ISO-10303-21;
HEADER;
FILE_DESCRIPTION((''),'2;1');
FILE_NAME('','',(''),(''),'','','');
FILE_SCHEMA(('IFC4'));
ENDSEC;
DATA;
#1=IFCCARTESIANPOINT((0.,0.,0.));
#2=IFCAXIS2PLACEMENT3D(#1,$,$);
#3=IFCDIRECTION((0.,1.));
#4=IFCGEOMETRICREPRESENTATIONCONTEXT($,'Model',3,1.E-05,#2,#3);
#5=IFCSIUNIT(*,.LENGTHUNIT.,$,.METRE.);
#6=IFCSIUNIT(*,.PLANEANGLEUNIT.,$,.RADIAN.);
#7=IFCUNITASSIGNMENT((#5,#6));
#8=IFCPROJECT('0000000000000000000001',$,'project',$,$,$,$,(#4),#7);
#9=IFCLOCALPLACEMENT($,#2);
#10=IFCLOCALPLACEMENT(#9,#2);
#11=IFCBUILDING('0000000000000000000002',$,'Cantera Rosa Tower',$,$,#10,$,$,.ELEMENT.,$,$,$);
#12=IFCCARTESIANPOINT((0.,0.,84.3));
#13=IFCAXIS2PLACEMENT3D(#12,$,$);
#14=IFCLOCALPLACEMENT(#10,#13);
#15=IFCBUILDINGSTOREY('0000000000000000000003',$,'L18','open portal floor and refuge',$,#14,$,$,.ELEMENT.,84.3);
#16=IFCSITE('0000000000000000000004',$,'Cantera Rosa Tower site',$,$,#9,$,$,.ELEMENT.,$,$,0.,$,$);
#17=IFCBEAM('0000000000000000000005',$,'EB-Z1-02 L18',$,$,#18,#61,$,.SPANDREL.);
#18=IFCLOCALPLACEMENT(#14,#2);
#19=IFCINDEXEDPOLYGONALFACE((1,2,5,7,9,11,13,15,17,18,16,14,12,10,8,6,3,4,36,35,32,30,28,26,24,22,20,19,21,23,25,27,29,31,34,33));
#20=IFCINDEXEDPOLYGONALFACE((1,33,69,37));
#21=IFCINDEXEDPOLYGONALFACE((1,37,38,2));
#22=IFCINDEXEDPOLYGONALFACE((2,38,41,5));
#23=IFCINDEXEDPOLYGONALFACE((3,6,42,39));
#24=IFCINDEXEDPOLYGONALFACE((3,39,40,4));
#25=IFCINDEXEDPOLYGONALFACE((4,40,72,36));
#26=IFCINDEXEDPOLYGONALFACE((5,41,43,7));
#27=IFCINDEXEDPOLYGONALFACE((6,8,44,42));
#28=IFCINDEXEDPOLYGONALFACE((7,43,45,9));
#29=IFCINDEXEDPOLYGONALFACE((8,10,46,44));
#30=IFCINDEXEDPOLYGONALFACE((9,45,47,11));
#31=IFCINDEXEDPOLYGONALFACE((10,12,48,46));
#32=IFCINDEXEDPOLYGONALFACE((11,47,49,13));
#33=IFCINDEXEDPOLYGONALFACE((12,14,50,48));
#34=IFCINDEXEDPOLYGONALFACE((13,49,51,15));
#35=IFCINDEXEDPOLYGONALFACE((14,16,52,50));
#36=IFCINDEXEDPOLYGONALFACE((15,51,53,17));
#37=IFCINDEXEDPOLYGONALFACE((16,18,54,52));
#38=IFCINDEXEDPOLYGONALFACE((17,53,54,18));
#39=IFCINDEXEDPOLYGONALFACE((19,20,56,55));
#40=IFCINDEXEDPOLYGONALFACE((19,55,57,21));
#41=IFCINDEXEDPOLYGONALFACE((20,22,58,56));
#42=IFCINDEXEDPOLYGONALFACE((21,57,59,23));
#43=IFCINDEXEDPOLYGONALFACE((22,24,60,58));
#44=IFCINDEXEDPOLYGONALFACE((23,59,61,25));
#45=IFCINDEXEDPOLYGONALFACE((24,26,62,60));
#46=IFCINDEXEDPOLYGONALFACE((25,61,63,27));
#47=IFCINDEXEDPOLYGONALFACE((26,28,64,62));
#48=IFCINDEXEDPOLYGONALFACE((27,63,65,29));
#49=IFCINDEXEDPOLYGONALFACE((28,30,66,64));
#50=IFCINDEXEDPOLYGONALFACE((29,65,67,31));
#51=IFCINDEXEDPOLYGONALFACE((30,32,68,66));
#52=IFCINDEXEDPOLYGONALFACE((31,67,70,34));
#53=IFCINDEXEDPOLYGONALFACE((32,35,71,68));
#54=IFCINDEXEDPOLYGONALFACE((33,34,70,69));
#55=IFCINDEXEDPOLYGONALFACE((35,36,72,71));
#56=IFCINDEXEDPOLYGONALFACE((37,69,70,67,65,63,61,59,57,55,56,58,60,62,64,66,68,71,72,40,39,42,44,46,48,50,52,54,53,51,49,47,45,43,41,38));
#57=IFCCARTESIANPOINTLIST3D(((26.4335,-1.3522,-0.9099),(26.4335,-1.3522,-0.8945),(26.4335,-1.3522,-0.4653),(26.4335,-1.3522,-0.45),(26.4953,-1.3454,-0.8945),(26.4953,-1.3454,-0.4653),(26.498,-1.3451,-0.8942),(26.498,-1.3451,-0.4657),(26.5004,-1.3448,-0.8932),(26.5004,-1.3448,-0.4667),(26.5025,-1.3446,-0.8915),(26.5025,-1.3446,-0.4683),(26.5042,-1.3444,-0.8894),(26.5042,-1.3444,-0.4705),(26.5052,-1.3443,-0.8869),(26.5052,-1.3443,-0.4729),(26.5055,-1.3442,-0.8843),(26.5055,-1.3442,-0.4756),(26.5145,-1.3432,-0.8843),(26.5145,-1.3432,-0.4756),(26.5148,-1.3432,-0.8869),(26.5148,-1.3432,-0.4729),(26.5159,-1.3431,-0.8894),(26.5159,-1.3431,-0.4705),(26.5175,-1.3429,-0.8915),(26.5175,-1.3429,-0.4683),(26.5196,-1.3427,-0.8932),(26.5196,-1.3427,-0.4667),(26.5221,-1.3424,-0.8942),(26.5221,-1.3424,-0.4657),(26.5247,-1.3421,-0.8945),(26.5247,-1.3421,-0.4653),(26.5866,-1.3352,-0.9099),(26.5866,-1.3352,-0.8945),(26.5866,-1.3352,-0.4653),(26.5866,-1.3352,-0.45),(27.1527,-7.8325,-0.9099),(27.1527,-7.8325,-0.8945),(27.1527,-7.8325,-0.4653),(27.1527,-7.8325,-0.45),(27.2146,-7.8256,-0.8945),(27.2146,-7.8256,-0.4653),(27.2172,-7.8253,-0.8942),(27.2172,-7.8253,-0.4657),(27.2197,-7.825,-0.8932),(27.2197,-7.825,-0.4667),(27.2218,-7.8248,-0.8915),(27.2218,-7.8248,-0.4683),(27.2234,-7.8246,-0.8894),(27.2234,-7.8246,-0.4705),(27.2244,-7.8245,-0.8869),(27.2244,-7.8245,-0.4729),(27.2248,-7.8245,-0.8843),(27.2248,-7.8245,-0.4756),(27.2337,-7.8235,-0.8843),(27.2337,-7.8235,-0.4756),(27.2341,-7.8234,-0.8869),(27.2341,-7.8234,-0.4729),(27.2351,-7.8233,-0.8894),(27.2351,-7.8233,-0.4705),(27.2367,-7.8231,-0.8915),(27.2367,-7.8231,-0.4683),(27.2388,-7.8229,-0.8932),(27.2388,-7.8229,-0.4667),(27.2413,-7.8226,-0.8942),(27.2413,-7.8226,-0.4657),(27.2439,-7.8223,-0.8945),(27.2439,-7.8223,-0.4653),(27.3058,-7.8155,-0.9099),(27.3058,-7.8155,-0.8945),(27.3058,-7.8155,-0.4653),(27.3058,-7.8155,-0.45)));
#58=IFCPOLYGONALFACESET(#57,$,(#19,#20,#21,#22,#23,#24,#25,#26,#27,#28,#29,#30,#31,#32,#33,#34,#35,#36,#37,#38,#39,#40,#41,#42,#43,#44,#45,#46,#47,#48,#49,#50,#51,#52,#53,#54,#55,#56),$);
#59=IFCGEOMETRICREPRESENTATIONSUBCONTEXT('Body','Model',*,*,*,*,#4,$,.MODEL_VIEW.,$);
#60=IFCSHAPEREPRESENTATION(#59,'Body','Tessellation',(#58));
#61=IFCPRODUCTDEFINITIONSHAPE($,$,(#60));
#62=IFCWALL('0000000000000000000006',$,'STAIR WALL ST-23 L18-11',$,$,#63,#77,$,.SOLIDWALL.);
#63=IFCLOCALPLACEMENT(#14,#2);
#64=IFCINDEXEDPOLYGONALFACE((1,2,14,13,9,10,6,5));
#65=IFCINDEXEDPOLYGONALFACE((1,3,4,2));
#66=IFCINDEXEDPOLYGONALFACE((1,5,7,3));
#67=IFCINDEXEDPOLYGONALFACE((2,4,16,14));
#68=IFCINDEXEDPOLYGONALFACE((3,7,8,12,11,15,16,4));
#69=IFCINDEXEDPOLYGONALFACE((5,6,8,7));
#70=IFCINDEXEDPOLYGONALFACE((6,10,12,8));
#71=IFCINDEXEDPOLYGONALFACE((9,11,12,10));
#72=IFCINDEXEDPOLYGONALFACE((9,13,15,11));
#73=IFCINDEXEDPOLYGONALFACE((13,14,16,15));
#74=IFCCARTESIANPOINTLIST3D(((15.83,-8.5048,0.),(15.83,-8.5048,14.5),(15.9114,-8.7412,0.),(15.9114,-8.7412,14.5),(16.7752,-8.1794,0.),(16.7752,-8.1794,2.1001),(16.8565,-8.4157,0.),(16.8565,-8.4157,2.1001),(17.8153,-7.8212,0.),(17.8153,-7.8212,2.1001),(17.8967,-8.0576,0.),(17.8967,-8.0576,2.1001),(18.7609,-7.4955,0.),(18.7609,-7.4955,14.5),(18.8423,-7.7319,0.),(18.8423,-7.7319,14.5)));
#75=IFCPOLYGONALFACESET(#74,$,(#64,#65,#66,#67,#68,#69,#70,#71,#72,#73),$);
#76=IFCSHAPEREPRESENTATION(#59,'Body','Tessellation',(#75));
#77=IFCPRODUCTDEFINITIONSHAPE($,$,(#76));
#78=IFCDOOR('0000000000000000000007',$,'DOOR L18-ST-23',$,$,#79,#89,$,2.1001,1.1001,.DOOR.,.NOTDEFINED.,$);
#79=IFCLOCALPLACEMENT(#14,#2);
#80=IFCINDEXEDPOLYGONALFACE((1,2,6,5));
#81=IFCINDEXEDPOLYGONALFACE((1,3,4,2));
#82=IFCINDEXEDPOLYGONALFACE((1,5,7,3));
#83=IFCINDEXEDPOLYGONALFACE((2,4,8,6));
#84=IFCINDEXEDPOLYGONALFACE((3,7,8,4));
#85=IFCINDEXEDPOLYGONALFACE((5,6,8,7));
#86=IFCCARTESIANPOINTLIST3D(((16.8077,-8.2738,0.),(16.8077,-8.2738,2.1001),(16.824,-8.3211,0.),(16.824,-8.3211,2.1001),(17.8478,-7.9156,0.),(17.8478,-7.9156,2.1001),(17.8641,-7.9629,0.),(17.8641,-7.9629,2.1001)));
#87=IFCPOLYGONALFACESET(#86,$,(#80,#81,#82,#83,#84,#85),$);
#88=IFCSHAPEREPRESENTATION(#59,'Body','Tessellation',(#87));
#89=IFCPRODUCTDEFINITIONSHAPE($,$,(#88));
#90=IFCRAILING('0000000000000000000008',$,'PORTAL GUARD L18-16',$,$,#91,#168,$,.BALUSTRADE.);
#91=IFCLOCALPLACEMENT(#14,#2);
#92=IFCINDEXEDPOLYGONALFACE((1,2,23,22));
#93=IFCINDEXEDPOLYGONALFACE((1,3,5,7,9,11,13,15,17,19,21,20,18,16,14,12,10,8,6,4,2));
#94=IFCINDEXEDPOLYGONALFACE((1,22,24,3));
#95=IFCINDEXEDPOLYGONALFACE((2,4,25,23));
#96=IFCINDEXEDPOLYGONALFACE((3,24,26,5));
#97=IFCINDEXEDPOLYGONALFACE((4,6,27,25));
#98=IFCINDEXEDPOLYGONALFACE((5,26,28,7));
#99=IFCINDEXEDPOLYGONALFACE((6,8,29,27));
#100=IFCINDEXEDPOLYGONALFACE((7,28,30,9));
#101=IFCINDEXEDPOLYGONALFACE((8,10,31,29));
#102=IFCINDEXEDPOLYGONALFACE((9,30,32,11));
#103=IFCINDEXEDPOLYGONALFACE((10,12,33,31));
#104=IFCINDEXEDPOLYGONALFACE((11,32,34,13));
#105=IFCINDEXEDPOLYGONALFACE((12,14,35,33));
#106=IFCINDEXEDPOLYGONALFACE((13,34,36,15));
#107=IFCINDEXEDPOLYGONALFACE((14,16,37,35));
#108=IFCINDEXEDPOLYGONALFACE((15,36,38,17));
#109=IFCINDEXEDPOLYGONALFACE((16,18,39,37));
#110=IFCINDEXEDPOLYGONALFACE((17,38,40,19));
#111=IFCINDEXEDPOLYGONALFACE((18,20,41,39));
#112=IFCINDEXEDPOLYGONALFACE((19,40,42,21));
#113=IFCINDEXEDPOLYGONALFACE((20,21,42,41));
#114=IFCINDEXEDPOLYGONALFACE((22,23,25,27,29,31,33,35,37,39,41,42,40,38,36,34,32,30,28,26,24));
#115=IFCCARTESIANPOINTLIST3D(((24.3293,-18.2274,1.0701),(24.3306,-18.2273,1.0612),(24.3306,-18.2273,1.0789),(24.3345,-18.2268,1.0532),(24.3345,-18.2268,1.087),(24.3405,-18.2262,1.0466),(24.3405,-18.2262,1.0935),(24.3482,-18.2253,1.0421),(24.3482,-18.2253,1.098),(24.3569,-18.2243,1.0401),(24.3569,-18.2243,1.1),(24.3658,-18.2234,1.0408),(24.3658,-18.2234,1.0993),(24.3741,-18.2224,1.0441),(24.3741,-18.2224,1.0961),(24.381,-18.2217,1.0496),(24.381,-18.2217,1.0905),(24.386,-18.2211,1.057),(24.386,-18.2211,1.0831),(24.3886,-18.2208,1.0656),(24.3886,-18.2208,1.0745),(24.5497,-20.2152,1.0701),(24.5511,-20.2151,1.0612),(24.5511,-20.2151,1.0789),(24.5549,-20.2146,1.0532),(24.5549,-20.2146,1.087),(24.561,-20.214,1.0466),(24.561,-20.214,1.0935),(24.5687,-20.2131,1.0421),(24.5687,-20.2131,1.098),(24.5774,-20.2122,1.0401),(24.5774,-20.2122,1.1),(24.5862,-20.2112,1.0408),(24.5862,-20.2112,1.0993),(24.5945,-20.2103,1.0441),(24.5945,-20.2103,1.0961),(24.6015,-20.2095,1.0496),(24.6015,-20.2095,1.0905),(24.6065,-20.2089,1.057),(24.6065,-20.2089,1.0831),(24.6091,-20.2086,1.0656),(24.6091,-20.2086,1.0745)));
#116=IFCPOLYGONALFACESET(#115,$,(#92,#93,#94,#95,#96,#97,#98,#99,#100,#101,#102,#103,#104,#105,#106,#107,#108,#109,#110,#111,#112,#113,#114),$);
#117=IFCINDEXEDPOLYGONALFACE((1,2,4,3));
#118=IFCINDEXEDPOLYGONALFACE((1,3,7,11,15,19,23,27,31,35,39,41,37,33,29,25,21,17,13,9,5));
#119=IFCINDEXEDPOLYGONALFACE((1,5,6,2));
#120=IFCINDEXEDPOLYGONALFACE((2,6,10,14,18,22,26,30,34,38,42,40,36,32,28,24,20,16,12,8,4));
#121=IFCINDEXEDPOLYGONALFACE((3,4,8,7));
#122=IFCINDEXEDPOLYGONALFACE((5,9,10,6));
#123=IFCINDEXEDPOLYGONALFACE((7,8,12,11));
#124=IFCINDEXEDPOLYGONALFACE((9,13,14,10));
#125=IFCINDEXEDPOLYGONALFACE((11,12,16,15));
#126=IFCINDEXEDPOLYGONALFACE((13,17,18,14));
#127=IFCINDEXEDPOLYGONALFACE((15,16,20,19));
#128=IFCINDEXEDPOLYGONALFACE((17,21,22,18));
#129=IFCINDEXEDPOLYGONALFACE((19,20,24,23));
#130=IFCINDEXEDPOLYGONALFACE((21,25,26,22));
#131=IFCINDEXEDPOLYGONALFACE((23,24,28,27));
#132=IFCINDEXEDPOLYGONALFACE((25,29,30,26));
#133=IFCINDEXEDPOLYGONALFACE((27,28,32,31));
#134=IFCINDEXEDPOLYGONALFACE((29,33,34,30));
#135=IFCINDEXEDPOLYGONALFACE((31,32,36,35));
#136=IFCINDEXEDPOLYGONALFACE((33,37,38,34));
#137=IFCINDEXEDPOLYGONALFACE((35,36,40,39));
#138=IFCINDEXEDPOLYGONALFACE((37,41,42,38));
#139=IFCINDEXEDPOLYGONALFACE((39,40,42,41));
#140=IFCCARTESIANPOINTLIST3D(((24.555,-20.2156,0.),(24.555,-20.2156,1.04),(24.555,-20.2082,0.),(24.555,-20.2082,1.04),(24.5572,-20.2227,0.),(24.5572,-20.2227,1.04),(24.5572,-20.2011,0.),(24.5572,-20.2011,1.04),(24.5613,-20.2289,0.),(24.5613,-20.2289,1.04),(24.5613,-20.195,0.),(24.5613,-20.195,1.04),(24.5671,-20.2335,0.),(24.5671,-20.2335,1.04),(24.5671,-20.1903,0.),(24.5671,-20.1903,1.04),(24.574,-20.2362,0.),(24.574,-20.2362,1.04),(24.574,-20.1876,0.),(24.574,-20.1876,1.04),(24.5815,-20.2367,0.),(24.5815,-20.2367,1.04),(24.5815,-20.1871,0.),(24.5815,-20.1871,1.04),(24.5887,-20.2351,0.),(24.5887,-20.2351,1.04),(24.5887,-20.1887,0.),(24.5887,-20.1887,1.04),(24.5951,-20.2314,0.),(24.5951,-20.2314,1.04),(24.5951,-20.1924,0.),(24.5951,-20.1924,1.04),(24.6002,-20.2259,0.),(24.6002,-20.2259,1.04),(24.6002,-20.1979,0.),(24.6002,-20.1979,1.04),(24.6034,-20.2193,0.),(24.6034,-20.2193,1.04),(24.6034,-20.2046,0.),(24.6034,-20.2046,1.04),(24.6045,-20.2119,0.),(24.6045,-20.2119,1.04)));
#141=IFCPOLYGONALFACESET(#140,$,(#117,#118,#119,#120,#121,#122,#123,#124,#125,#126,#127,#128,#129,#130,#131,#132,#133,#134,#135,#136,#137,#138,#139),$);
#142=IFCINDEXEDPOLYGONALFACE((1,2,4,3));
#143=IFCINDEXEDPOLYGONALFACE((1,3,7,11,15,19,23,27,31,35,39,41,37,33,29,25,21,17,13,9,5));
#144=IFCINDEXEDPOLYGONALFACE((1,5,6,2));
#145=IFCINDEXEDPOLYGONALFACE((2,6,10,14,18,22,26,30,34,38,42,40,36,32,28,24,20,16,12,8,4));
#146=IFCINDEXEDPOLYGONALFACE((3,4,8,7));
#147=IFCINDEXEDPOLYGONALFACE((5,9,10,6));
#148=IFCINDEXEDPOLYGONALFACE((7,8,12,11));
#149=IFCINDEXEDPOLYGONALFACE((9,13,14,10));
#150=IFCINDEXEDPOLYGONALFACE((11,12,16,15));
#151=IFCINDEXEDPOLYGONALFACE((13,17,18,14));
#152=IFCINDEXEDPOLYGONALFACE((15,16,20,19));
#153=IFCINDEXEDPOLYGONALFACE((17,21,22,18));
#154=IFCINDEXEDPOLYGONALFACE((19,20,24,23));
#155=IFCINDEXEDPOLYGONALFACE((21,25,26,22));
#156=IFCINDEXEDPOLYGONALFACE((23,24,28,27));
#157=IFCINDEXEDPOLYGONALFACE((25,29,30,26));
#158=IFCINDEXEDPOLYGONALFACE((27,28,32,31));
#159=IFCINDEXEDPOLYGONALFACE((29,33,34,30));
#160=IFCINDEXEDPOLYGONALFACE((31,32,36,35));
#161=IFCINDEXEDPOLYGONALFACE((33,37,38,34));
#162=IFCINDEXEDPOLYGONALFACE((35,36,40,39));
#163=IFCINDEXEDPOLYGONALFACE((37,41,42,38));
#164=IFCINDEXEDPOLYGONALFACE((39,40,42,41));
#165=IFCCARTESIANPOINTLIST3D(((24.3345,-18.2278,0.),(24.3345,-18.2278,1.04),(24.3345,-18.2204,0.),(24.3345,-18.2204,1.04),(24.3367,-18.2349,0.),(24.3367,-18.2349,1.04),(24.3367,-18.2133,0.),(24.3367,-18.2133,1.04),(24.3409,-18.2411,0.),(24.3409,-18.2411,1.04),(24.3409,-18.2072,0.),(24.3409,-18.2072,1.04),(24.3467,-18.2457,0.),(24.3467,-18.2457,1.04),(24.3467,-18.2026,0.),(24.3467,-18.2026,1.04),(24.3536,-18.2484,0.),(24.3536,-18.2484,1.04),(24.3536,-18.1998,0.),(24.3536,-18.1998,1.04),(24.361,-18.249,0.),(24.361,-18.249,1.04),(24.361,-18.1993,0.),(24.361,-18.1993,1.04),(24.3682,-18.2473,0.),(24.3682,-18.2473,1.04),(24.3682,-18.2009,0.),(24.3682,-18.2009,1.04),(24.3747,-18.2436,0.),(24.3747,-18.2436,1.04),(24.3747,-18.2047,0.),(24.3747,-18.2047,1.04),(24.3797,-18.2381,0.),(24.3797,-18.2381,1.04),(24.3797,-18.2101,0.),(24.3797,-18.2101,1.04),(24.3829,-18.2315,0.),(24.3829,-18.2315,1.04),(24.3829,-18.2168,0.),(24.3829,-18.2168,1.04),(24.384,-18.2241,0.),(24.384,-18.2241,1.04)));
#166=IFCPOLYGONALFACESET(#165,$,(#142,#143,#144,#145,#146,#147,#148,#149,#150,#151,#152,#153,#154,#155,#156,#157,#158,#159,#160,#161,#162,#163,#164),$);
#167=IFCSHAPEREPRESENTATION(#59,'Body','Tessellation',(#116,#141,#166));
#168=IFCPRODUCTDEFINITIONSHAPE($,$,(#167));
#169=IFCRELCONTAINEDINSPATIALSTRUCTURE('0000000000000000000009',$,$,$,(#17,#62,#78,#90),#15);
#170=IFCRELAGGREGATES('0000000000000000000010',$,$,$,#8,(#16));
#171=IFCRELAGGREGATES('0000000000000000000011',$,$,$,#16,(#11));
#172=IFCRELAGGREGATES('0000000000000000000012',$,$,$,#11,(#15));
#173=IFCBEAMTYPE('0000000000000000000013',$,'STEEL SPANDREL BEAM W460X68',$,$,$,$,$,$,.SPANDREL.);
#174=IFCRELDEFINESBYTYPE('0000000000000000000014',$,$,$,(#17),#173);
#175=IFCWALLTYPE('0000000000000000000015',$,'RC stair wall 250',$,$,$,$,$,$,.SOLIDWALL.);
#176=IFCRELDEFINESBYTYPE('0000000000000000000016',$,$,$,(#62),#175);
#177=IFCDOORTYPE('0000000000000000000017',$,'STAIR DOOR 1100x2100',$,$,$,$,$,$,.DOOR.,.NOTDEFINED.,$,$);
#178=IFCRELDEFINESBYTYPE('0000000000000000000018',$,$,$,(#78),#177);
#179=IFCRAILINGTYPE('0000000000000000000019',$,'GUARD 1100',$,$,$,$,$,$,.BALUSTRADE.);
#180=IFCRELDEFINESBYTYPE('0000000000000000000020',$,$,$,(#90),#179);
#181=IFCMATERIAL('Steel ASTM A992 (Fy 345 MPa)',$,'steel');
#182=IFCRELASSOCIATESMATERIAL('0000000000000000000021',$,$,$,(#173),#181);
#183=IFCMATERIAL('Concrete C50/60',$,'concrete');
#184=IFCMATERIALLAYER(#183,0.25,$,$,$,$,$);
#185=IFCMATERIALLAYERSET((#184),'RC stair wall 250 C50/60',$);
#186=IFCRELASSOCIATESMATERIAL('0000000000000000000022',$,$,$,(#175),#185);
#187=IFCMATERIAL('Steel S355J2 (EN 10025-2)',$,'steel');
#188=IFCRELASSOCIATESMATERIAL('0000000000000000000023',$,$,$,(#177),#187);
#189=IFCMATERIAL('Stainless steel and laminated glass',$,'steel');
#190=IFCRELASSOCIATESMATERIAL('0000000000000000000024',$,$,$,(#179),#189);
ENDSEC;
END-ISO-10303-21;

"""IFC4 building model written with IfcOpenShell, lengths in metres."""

from ifc_helpers import new_model, si_unit, direction, frame, frame_2d, origin, origin_2d, place, context, subcontext, project, spatial, rectangle, circle, i_section, extrude, material, layer, layer_set, material_profile, profile_set, type_object, element, fill, save


model = new_model("IFC4")

# Units and contexts
model_context = context("Model", 3, precision=1e-05, world=origin(), true_north=direction((0.0, 1.0)))
body_context = subcontext(model_context, "Body", "Model", "MODEL_VIEW")
ifc_project = project(units=[si_unit("LENGTHUNIT", "METRE"), si_unit("PLANEANGLEUNIT", "RADIAN")], contexts=[model_context])

# Site, building, storey
site_placement = place(None, origin())
site = spatial("IfcSite", under=ifc_project, at=site_placement, Name="Cantera Rosa Tower site", CompositionType="ELEMENT", RefElevation=0.0)
building_placement = place(site_placement, origin())
building = spatial("IfcBuilding", under=site, at=building_placement, Name="Cantera Rosa Tower", CompositionType="ELEMENT")
storey_placement = place(building_placement, frame((0.0, 0.0, 84.3)))
storey = spatial("IfcBuildingStorey", under=building, at=storey_placement, Name="L18", Description="open portal floor and refuge", CompositionType="ELEMENT", Elevation=84.3)

# Beam
ifc_material_1 = material(Name="Steel ASTM A992 (Fy 345 MPa)", Category="steel")
ifc_material_profile_1 = material_profile(ifc_material_1, i_section(OverallWidth=0.1541, OverallDepth=0.46, WebThickness=0.009, FlangeThickness=0.0154, FilletRadius=0.0103, at=origin_2d()), Name="W460X68")
ifc_profile_set_1 = profile_set([ifc_material_profile_1], Name="Steel ASTM A992 (Fy 345 MPa)")
beam_type_1 = type_object("IfcBeamType", Name="STEEL SPANDREL BEAM W460X68", PredefinedType="SPANDREL", material=ifc_profile_set_1)
for number, where, z_axis, x_axis, name in (
    (1, (27.2292, -7.824, -0.6799), (-0.110312, 0.993897, 0.0), (-0.993897, -0.110312, 0.0), "EB-Z1-02 L18"),
):
    element("IfcBeam", number, at=place(storey_placement, frame(where, z_axis=z_axis, x_axis=x_axis)), inside=storey, type_object=beam_type_1, Name=name, PredefinedType="SPANDREL", context=body_context, shape_type="SweptSolid", body=[
        extrude(i_section(OverallWidth=0.1541, OverallDepth=0.46, WebThickness=0.009, FlangeThickness=0.0154, FilletRadius=0.0103, at=origin_2d()), origin(), (0.0, 0.0, 1.0), 6.52),
    ])

# Wall, opening, door
ifc_material_2 = material(Name="Concrete C50/60", Category="concrete")
ifc_layer = layer(ifc_material_2, 0.25)
ifc_layer_set = layer_set([ifc_layer], Name="RC stair wall 250 C50/60")
wall_type = type_object("IfcWallType", Name="RC stair wall 250", PredefinedType="SOLIDWALL", material=ifc_layer_set)
wall_placement = place(storey_placement, frame((18.8015, -7.6138, 0.0), z_axis=(0.0, 0.0, 1.0), x_axis=(-0.94551, -0.325593, 0.0)))
wall = element("IfcWall", 2, at=wall_placement, inside=storey, type_object=wall_type, Name="STAIR WALL ST-23 L18-11", PredefinedType="SOLIDWALL", context=body_context, shape_type="SweptSolid", body=[
    extrude(rectangle(XDim=3.0999, YDim=0.25, at=frame_2d((1.5498, 0.0))), origin(), (0.0, 0.0, 1.0), 14.5),
])
opening_placement = place(wall_placement, frame((1.0, 0.0, 0.0)))
opening = element("IfcOpeningElement", 3, at=opening_placement, cuts=wall, PredefinedType="OPENING", context=body_context, shape_type="SweptSolid", body=[
    extrude(rectangle(XDim=1.1001, YDim=2.1001, at=frame_2d((0.55, 1.05))), frame((0.0, 0.135, 0.0), z_axis=(0.0, -1.0, 0.0), x_axis=(1.0, 0.0, 0.0)), (0.0, 0.0, 1.0), 0.27),
])
ifc_material_3 = material(Name="Steel S355J2 (EN 10025-2)", Category="steel")
door_type = type_object("IfcDoorType", Name="STAIR DOOR 1100x2100", OperationType="NOTDEFINED", PredefinedType="DOOR", material=ifc_material_3)
door_placement = place(opening_placement, origin())
door = element("IfcDoor", 4, at=door_placement, inside=storey, type_object=door_type, Name="DOOR L18-ST-23", OperationType="NOTDEFINED", OverallHeight=2.1001, OverallWidth=1.1001, PredefinedType="DOOR", context=body_context, shape_type="SweptSolid", body=[
    extrude(rectangle(XDim=1.1001, YDim=2.1001, at=frame_2d((0.55, 1.05))), frame((0.0, 0.0249, 0.0), z_axis=(0.0, -1.0, 0.0), x_axis=(1.0, 0.0, 0.0)), (0.0, 0.0, 1.0), 0.05),
])
fill(opening, door)

# Railing
ifc_material_4 = material(Name="Stainless steel and laminated glass", Category="steel")
railing_type_1 = type_object("IfcRailingType", Name="GUARD 1100", PredefinedType="BALUSTRADE", material=ifc_material_4)
railing_1_placement = place(storey_placement, frame((24.5796, -20.2119, 0.0)))
element("IfcRailing", 5, at=railing_1_placement, inside=storey, type_object=railing_type_1, Name="PORTAL GUARD L18-16", PredefinedType="BALUSTRADE", context=body_context, shape_type="SweptSolid", body=[
    extrude(circle(Radius=0.03, at=origin_2d()), frame((0.0, 0.0, 1.0701), z_axis=(-0.110231, 0.993906, 0.0), x_axis=(-0.993906, -0.110231, 0.0)), (0.0, 0.0, 1.0), 2.0),
    extrude(circle(Radius=0.0249, at=origin_2d()), origin(), (0.0, 0.0, 1.0), 1.04),
    extrude(circle(Radius=0.0249, at=origin_2d()), frame((-0.2205, 1.9878, 0.0)), (0.0, 0.0, 1.0), 1.04),
])

save(model, "model.ifc")
